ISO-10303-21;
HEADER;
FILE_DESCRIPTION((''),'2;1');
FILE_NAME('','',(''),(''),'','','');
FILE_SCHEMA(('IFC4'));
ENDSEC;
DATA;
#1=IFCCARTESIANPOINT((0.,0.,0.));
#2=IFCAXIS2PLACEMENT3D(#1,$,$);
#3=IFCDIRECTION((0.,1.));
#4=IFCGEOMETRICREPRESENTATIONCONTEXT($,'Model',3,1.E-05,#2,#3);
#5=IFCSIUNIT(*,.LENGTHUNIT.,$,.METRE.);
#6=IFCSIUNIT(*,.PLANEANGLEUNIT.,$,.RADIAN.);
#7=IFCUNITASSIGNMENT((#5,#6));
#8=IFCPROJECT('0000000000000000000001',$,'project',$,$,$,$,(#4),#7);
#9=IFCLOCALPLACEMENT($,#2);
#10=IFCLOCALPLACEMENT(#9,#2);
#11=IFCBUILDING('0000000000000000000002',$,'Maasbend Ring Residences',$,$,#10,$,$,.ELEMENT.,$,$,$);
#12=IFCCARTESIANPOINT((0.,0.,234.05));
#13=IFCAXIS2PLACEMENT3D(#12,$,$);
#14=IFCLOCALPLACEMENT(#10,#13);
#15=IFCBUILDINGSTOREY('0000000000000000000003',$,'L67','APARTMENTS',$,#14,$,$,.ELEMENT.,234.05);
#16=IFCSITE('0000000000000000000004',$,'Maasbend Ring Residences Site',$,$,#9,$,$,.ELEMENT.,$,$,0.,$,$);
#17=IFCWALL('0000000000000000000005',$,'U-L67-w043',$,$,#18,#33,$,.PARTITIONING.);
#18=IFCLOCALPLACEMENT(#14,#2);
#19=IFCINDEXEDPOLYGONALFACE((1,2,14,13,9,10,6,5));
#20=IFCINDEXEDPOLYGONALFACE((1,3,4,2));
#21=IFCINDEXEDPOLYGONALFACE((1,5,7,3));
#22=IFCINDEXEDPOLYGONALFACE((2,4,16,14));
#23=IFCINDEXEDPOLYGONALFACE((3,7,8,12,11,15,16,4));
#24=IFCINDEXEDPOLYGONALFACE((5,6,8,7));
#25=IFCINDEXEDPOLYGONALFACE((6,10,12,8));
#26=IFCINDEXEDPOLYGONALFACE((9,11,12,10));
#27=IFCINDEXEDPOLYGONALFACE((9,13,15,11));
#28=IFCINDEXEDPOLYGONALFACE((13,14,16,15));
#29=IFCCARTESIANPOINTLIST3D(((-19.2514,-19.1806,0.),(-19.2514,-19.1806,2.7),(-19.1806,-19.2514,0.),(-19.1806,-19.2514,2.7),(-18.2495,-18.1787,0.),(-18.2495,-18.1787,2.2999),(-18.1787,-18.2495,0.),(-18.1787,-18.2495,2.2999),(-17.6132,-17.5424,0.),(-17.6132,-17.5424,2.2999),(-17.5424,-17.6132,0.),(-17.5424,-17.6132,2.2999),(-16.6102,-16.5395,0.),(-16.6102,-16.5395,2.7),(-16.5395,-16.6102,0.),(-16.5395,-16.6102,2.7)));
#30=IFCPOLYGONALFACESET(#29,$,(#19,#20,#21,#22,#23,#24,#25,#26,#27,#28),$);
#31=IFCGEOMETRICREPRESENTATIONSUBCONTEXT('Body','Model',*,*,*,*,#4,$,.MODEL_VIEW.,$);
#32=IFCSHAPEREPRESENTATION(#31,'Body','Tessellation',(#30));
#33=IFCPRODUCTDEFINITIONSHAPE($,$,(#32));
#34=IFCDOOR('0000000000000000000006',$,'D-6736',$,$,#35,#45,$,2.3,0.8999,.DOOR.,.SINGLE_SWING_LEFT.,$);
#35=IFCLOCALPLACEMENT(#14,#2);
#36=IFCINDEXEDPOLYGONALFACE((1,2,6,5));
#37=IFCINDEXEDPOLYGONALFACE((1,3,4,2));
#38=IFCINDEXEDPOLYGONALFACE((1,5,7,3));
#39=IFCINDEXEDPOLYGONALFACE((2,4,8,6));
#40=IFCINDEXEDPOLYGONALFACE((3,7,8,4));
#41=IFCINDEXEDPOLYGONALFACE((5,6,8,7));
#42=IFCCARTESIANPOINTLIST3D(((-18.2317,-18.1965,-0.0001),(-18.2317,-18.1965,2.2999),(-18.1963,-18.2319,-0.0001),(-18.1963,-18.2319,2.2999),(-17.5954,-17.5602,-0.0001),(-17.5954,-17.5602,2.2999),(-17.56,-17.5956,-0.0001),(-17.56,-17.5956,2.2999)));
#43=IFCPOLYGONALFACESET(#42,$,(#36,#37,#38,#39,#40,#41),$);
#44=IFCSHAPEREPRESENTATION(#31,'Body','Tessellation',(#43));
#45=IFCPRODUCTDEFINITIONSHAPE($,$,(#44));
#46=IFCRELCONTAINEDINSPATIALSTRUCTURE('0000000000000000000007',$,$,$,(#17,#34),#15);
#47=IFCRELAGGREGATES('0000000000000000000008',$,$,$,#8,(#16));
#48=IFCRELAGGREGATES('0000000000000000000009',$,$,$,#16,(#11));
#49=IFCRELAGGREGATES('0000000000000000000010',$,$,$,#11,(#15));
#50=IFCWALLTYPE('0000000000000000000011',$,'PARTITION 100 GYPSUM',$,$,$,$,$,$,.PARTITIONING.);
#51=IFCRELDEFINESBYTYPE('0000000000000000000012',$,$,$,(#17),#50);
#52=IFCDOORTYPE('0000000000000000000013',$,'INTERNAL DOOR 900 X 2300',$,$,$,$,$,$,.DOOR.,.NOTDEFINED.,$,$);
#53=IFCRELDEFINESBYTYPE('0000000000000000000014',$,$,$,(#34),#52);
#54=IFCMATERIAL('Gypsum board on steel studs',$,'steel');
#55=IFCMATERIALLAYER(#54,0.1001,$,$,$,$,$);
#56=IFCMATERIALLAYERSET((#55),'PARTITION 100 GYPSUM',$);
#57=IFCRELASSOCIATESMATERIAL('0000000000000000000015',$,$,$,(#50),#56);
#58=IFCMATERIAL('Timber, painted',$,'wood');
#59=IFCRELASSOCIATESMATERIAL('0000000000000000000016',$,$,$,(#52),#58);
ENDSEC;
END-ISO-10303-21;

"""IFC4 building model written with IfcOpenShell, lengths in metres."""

from ifc_helpers import new_model, si_unit, direction, frame, frame_2d, origin, place, context, subcontext, project, spatial, rectangle, extrude, material, layer, layer_set, type_object, element, fill, save


model = new_model("IFC4")

# Units and contexts
model_context = context("Model", 3, precision=1e-05, world=origin(), true_north=direction((0.0, 1.0)))
body_context = subcontext(model_context, "Body", "Model", "MODEL_VIEW")
ifc_project = project(units=[si_unit("LENGTHUNIT", "METRE"), si_unit("PLANEANGLEUNIT", "RADIAN")], contexts=[model_context])

# Site, building, storey
site_placement = place(None, origin())
site = spatial("IfcSite", under=ifc_project, at=site_placement, Name="Maasbend Ring Residences Site", CompositionType="ELEMENT", RefElevation=0.0)
building_placement = place(site_placement, origin())
building = spatial("IfcBuilding", under=site, at=building_placement, Name="Maasbend Ring Residences", CompositionType="ELEMENT")
storey_placement = place(building_placement, frame((0.0, 0.0, 234.05)))
storey = spatial("IfcBuildingStorey", under=building, at=storey_placement, Name="L67", Description="APARTMENTS", CompositionType="ELEMENT", Elevation=234.05)

# Shared definitions
ifc_material_1 = material(Name="Gypsum board on steel studs", Category="steel")
ifc_layer_1 = layer(ifc_material_1, 0.1001)
ifc_layer_set_1 = layer_set([ifc_layer_1], Name="PARTITION 100 GYPSUM")
wall_type_1 = type_object("IfcWallType", Name="PARTITION 100 GYPSUM", PredefinedType="PARTITIONING", material=ifc_layer_set_1)

# Wall, opening, door
wall_1_placement = place(storey_placement, frame((-19.2161, -19.2161, 0.0), z_axis=(0.0, 0.0, 1.0), x_axis=(0.707107, 0.707107, 0.0)))
wall_1 = element("IfcWall", 1, at=wall_1_placement, inside=storey, type_object=wall_type_1, Name="U-L67-w043", PredefinedType="PARTITIONING", context=body_context, shape_type="SweptSolid", body=[
    extrude(rectangle(XDim=3.7351, YDim=0.1001, at=frame_2d((1.8677, 0.0))), origin(), (0.0, 0.0, 1.0), 2.7),
])
opening_1_placement = place(wall_1_placement, frame((1.417, 0.0, 0.0)))
opening_1 = element("IfcOpeningElement", 2, at=opening_1_placement, cuts=wall_1, PredefinedType="OPENING", context=body_context, shape_type="SweptSolid", body=[
    extrude(rectangle(XDim=0.8999, YDim=2.3, at=frame_2d((0.45, 1.1499))), frame((0.0, 0.0601, 0.0), z_axis=(0.0, -1.0, 0.0), x_axis=(1.0, 0.0, 0.0)), (0.0, 0.0, 1.0), 0.1201),
])
ifc_material_2 = material(Name="Timber, painted", Category="wood")
door_type_1 = type_object("IfcDoorType", Name="INTERNAL DOOR 900 X 2300", OperationType="NOTDEFINED", PredefinedType="DOOR", material=ifc_material_2)
door_1_placement = place(opening_1_placement, origin())
door_1 = element("IfcDoor", 3, at=door_1_placement, inside=storey, type_object=door_type_1, Name="D-6736", OperationType="SINGLE_SWING_LEFT", OverallHeight=2.3, OverallWidth=0.8999, PredefinedType="DOOR", context=body_context, shape_type="SweptSolid", body=[
    extrude(rectangle(XDim=0.8999, YDim=2.3, at=frame_2d((0.45, 1.1499))), frame((0.0, 0.0249, 0.0), z_axis=(0.0, -1.0, 0.0), x_axis=(1.0, 0.0, 0.0)), (0.0, 0.0, 1.0), 0.05),
])
fill(opening_1, door_1)

save(model, "model.ifc")
